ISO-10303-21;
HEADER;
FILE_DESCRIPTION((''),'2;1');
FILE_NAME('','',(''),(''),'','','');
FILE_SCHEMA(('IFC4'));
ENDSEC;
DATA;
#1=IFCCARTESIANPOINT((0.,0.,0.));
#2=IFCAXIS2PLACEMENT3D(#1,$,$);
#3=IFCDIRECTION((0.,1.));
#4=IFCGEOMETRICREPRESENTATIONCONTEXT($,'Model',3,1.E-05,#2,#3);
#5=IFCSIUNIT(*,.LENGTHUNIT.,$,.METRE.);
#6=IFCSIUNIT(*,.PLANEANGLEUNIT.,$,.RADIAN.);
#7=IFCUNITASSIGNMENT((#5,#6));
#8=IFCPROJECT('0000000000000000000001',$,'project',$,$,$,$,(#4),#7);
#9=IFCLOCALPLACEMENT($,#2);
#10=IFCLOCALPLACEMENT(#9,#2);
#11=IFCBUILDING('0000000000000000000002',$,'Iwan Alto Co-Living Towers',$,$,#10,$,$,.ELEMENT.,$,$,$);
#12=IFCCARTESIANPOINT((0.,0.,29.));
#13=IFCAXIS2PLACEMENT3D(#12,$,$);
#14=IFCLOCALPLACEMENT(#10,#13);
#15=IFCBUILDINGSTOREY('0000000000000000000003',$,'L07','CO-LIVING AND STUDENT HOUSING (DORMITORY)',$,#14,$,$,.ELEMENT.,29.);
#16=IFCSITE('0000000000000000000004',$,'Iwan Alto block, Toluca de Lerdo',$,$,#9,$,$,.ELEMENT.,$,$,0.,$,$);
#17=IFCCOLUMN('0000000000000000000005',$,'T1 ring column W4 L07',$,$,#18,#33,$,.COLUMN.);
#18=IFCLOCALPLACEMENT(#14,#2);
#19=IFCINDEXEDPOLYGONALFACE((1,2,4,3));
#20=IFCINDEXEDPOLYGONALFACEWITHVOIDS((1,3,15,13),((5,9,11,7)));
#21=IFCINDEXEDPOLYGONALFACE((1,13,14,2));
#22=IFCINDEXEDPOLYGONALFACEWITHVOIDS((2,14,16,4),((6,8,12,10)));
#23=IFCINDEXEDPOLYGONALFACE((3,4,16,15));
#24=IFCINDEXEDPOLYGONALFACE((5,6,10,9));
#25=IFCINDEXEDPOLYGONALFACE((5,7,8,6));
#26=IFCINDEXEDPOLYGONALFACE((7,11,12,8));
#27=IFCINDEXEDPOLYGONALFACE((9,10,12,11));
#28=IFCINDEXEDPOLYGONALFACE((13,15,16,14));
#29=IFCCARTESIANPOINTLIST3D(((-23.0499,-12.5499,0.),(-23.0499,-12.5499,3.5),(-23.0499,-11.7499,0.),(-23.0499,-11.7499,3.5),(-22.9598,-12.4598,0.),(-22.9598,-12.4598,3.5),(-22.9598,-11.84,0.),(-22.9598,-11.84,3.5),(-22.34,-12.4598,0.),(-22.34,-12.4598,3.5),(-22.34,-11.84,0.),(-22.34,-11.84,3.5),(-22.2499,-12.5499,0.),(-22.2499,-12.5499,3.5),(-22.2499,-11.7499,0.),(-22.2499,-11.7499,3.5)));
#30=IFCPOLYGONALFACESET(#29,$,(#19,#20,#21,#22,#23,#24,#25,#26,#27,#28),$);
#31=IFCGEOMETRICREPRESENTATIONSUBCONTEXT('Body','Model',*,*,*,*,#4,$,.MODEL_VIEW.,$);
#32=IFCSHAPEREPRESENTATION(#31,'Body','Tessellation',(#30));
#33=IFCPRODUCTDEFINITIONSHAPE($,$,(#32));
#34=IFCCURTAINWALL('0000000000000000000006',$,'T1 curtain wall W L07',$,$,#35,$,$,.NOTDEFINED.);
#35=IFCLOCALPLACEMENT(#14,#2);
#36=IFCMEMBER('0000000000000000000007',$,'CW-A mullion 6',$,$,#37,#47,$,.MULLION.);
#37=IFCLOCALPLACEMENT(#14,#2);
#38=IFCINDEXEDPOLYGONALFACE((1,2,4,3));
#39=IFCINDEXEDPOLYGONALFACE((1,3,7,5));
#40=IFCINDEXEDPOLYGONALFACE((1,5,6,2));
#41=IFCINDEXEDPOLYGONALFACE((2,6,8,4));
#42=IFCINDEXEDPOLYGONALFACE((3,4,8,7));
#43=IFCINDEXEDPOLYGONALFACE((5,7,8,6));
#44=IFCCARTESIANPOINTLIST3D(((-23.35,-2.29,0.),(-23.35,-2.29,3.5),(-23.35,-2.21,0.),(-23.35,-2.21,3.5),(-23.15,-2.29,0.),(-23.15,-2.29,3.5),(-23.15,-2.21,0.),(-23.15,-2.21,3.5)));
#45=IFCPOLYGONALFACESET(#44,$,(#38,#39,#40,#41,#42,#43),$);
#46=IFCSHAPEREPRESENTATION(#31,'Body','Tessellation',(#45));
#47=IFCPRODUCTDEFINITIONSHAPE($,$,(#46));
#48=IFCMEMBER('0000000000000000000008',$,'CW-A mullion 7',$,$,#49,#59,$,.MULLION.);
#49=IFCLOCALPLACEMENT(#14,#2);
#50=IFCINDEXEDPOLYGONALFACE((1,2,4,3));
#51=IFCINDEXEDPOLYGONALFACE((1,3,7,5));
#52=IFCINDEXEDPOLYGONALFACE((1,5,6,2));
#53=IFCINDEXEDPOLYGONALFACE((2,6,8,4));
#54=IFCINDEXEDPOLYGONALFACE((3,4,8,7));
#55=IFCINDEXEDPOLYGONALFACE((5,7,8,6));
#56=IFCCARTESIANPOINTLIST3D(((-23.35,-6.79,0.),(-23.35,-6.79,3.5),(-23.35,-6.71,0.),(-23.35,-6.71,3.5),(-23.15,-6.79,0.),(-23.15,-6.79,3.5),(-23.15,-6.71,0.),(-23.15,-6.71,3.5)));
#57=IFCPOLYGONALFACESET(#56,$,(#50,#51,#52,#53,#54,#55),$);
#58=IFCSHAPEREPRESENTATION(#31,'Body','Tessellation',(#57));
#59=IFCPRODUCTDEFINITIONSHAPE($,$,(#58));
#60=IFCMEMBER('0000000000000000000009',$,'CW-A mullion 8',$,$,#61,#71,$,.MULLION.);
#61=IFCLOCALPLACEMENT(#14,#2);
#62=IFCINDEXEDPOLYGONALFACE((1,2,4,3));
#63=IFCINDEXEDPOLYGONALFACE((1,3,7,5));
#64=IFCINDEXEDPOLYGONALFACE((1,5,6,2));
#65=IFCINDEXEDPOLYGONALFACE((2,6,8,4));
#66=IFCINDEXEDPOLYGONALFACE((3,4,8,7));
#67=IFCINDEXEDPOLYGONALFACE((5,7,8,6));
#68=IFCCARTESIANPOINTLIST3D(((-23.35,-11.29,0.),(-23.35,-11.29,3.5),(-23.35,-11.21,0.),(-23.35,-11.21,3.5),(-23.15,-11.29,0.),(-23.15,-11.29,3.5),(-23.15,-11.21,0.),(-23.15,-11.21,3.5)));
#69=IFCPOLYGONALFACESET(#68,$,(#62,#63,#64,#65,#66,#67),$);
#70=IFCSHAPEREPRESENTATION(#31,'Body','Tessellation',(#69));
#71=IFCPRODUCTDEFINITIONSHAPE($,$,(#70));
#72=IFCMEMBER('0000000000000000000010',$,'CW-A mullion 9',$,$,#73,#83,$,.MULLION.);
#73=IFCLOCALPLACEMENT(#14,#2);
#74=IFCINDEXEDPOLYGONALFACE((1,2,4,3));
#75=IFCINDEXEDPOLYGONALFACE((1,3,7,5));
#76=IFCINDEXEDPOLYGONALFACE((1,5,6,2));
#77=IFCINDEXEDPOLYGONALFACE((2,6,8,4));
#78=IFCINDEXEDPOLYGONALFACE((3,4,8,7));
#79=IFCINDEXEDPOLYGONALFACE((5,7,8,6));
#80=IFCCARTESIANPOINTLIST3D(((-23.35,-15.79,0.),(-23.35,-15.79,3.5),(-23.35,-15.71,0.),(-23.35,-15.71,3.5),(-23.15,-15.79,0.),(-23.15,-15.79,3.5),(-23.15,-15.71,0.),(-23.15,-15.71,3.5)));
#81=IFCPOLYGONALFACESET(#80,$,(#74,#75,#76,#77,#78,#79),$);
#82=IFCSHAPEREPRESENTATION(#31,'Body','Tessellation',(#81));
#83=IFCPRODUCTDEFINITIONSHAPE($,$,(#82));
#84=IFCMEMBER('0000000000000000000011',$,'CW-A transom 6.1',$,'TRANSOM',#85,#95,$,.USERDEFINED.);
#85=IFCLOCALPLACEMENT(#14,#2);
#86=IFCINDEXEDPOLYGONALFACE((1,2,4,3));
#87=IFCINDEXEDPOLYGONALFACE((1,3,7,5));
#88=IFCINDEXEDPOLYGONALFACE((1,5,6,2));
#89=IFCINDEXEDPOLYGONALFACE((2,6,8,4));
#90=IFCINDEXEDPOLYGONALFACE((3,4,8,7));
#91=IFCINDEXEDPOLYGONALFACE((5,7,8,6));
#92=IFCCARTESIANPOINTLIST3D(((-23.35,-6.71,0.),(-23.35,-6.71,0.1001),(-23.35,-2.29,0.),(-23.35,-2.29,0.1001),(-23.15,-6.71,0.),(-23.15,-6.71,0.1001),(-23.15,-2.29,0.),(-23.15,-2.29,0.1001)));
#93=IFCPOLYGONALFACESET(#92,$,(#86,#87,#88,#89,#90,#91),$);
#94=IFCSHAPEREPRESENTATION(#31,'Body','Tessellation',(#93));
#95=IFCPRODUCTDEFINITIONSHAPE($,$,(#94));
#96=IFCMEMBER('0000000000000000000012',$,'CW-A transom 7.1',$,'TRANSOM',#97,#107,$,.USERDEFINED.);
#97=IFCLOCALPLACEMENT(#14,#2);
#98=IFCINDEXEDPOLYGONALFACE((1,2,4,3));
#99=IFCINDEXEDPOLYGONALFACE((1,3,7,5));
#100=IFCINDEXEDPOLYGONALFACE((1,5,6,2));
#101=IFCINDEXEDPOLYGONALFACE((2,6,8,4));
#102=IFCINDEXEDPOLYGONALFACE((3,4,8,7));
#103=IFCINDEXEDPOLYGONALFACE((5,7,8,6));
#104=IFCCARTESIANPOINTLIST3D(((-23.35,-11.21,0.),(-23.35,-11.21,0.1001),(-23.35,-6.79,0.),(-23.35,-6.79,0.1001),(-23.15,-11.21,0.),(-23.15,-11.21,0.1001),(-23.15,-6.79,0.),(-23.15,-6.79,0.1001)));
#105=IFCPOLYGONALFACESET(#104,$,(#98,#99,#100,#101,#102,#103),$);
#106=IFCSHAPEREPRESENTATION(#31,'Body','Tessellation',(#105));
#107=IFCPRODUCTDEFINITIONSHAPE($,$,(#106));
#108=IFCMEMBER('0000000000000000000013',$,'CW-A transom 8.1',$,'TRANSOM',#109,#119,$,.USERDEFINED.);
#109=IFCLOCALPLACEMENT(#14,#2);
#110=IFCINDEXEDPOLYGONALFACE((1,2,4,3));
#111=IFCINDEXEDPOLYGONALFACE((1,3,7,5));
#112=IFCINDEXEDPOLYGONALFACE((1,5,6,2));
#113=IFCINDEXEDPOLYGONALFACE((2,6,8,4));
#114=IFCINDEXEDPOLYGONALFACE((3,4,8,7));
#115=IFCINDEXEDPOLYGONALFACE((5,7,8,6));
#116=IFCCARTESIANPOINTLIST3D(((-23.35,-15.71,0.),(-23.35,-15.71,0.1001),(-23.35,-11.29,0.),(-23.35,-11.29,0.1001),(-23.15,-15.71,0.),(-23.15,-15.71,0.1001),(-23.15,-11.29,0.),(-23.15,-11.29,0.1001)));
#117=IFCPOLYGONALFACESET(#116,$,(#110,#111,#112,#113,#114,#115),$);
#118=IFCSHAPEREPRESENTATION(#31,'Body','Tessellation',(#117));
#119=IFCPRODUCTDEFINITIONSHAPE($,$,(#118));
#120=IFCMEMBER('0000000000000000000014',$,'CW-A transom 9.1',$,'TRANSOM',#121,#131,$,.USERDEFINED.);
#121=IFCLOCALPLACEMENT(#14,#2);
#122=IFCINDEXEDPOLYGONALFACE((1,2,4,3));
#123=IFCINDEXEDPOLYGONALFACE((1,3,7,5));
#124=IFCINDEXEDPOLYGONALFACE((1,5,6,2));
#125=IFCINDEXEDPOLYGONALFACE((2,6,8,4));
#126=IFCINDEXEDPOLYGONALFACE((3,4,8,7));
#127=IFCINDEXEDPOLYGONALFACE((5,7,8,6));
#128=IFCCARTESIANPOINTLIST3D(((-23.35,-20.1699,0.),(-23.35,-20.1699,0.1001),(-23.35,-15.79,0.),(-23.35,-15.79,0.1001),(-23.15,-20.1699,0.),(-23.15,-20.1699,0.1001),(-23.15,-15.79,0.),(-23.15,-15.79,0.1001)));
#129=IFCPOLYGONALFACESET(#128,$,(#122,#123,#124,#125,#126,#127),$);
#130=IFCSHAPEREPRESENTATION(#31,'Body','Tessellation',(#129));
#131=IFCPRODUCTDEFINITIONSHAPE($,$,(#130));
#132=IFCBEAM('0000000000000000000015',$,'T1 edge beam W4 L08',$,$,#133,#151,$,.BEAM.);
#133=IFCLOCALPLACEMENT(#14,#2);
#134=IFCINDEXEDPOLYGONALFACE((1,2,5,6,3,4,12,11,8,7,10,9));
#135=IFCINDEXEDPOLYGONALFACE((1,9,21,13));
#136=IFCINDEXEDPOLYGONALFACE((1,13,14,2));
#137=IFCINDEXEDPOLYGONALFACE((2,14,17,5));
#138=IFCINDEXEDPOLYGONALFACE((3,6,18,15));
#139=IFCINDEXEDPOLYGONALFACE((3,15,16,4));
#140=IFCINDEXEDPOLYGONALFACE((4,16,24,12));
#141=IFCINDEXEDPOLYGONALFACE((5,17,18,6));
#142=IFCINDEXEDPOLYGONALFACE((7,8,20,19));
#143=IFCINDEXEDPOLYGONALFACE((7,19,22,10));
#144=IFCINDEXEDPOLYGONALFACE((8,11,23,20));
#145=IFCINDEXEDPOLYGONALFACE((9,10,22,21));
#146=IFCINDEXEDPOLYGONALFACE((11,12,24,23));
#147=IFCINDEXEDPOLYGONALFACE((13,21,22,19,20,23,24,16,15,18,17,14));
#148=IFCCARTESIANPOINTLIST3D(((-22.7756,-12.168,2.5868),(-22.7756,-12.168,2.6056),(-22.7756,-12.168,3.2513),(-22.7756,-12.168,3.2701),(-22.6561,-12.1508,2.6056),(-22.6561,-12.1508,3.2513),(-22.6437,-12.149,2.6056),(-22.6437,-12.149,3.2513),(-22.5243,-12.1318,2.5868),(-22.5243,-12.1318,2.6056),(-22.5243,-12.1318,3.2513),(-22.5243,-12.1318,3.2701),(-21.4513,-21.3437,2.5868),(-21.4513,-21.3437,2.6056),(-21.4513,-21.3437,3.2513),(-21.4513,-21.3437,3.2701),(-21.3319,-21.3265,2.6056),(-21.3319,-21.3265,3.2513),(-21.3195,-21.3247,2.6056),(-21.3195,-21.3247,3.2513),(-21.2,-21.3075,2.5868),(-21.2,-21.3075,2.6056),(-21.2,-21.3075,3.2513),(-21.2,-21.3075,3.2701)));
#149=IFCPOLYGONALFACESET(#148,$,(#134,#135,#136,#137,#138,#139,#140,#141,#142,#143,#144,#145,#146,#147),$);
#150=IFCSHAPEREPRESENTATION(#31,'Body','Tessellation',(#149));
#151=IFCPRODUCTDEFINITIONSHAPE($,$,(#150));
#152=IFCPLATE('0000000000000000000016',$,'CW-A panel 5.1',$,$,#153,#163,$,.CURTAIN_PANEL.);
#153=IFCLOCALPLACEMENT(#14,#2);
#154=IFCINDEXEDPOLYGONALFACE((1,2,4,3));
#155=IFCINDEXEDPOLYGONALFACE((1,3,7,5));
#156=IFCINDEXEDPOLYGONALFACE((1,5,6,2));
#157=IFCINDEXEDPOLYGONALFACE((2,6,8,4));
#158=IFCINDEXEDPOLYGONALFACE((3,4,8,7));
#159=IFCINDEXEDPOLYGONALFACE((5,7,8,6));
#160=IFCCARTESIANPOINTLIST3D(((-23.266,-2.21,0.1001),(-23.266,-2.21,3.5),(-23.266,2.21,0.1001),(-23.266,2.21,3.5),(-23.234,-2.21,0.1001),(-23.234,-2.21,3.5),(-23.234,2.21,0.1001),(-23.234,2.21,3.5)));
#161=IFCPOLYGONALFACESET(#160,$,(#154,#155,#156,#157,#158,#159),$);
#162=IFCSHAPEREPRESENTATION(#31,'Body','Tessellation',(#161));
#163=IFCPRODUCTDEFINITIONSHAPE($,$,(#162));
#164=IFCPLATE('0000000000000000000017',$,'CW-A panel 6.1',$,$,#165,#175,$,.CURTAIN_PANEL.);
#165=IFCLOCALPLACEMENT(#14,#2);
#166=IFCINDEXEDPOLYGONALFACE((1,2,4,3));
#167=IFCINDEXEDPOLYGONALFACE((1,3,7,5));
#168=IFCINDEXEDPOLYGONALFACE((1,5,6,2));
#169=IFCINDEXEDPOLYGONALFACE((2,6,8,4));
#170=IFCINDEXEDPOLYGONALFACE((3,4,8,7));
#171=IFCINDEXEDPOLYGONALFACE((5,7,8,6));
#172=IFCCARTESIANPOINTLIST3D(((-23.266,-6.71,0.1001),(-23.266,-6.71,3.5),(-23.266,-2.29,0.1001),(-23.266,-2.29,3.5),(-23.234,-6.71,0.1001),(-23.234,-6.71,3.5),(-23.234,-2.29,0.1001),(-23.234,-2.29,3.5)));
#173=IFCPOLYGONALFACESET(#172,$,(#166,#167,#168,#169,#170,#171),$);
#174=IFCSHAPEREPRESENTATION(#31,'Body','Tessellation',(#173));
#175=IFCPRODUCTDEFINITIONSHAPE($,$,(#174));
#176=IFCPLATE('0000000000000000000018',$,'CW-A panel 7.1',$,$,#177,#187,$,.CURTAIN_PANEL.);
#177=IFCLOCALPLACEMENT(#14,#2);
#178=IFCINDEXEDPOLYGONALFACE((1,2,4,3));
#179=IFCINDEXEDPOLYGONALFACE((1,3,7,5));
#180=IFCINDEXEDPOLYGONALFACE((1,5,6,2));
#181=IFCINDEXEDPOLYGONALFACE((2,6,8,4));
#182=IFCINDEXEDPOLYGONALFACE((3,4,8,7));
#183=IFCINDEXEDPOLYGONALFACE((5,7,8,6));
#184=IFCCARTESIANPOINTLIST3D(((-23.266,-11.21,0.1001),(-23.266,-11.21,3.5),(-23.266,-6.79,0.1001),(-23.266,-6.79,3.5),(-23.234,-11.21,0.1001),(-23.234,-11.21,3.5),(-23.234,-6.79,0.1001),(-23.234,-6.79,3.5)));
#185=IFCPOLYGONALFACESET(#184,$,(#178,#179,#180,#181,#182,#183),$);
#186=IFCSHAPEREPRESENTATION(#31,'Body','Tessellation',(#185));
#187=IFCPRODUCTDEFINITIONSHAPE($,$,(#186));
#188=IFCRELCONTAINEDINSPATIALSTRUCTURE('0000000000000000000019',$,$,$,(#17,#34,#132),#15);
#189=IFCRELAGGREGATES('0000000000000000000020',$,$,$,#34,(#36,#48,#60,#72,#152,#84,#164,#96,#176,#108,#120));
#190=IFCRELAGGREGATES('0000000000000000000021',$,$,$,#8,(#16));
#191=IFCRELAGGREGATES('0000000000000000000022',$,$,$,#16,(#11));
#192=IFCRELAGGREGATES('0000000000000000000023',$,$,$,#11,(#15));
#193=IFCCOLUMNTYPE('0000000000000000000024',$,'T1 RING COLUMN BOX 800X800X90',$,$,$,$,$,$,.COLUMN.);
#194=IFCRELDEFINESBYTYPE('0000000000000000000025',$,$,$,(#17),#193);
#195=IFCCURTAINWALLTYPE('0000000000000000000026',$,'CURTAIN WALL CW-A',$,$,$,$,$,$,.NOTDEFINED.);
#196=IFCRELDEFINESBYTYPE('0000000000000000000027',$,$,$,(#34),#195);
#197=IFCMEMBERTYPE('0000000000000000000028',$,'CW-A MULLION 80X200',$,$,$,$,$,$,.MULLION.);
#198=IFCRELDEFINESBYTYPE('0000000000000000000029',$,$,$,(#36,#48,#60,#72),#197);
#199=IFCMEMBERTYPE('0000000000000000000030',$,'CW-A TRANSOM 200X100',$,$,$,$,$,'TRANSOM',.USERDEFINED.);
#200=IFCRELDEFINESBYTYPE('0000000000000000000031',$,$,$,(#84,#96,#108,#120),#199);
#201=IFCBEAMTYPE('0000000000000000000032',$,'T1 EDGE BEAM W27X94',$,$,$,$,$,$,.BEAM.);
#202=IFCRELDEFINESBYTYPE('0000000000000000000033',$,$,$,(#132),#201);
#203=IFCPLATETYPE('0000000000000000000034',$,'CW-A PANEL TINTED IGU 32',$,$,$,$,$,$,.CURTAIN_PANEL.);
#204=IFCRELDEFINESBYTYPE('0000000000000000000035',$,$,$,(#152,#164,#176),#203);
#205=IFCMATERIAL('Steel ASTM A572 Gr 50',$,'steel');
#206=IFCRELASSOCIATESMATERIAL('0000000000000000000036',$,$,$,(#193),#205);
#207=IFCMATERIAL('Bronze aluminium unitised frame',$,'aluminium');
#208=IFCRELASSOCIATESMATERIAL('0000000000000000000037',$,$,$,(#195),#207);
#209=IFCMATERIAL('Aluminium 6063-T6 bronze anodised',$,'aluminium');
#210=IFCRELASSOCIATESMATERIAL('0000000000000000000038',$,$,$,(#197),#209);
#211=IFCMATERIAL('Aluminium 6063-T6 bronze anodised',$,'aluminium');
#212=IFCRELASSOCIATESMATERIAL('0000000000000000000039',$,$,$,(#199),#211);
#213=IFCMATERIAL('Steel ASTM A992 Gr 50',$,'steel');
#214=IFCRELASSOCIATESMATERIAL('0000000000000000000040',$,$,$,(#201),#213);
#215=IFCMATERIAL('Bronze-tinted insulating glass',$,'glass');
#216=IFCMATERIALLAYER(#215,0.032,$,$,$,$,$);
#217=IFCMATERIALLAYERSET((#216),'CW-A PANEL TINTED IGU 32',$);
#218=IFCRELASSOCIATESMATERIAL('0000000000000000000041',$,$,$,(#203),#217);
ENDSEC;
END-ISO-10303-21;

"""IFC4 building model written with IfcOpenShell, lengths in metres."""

from ifc_helpers import new_model, si_unit, direction, frame, origin, origin_2d, place, context, subcontext, project, spatial, rectangle, hollow_rectangle, i_section, extrude, material, layer, layer_set, material_profile, profile_set, type_object, element, aggregate, save


model = new_model("IFC4")

# Units and contexts
model_context = context("Model", 3, precision=1e-05, world=origin(), true_north=direction((0.0, 1.0)))
body_context = subcontext(model_context, "Body", "Model", "MODEL_VIEW")
ifc_project = project(units=[si_unit("LENGTHUNIT", "METRE"), si_unit("PLANEANGLEUNIT", "RADIAN")], contexts=[model_context])

# Site, building, storey
site_placement = place(None, origin())
site = spatial("IfcSite", under=ifc_project, at=site_placement, Name="Iwan Alto block, Toluca de Lerdo", CompositionType="ELEMENT", RefElevation=0.0)
building_placement = place(site_placement, origin())
building = spatial("IfcBuilding", under=site, at=building_placement, Name="Iwan Alto Co-Living Towers", CompositionType="ELEMENT")
storey_placement = place(building_placement, frame((0.0, 0.0, 29.0)))
storey = spatial("IfcBuildingStorey", under=building, at=storey_placement, Name="L07", Description="CO-LIVING AND STUDENT HOUSING (DORMITORY)", CompositionType="ELEMENT", Elevation=29.0)

# Column
ifc_material_1 = material(Name="Steel ASTM A572 Gr 50", Category="steel")
ifc_material_profile_1 = material_profile(ifc_material_1, hollow_rectangle(XDim=0.8, YDim=0.8, WallThickness=0.0901, at=origin_2d()), Name="BOX 800X800X90")
ifc_profile_set_1 = profile_set([ifc_material_profile_1], Name="Steel ASTM A572 Gr 50")
column_type = type_object("IfcColumnType", Name="T1 RING COLUMN BOX 800X800X90", PredefinedType="COLUMN", material=ifc_profile_set_1)
column_placement = place(storey_placement, frame((-22.6499, -12.1499, 0.0), z_axis=(0.0, 0.0, 1.0), x_axis=(1.0, 0.0, 0.0)))
element("IfcColumn", 1, at=column_placement, inside=storey, type_object=column_type, Name="T1 ring column W4 L07", PredefinedType="COLUMN", context=body_context, shape_type="SweptSolid", body=[
    extrude(hollow_rectangle(XDim=0.8, YDim=0.8, WallThickness=0.0901, at=origin_2d()), origin(), (0.0, 0.0, 1.0), 3.5),
])

# Curtain wall, members
ifc_material_2 = material(Name="Bronze aluminium unitised frame", Category="aluminium")
curtain_wall_type = type_object("IfcCurtainWallType", Name="CURTAIN WALL CW-A", PredefinedType="NOTDEFINED", material=ifc_material_2)
curtain_wall_placement = place(storey_placement, origin())
curtain_wall = element("IfcCurtainWall", 2, at=curtain_wall_placement, inside=storey, type_object=curtain_wall_type, Name="T1 curtain wall W L07", PredefinedType="NOTDEFINED")
ifc_material_3 = material(Name="Aluminium 6063-T6 bronze anodised", Category="aluminium")
ifc_material_profile_2 = material_profile(ifc_material_3, rectangle(XDim=0.2, YDim=0.0801, at=origin_2d()), Name="AL 80X200")
ifc_profile_set_2 = profile_set([ifc_material_profile_2], Name="Aluminium 6063-T6 bronze anodised")
member_type_1 = type_object("IfcMemberType", Name="CW-A MULLION 80X200", PredefinedType="MULLION", material=ifc_profile_set_2)
member_1_placement = place(storey_placement, frame((-23.25, -2.25, 0.0), z_axis=(0.0, 0.0, 1.0), x_axis=(1.0, 0.0, 0.0)))
member_1 = element("IfcMember", 3, at=member_1_placement, type_object=member_type_1, Name="CW-A mullion 6", PredefinedType="MULLION", context=body_context, shape_type="SweptSolid", body=[
    extrude(rectangle(XDim=0.2, YDim=0.0801, at=origin_2d()), origin(), (0.0, 0.0, 1.0), 3.5),
])
member_2_placement = place(storey_placement, frame((-23.25, -6.75, 0.0), z_axis=(0.0, 0.0, 1.0), x_axis=(1.0, 0.0, 0.0)))
member_2 = element("IfcMember", 4, at=member_2_placement, type_object=member_type_1, Name="CW-A mullion 7", PredefinedType="MULLION", context=body_context, shape_type="SweptSolid", body=[
    extrude(rectangle(XDim=0.2, YDim=0.0801, at=origin_2d()), origin(), (0.0, 0.0, 1.0), 3.5),
])
member_3_placement = place(storey_placement, frame((-23.25, -11.25, 0.0), z_axis=(0.0, 0.0, 1.0), x_axis=(1.0, 0.0, 0.0)))
member_3 = element("IfcMember", 5, at=member_3_placement, type_object=member_type_1, Name="CW-A mullion 8", PredefinedType="MULLION", context=body_context, shape_type="SweptSolid", body=[
    extrude(rectangle(XDim=0.2, YDim=0.0801, at=origin_2d()), origin(), (0.0, 0.0, 1.0), 3.5),
])
member_4_placement = place(storey_placement, frame((-23.25, -15.75, 0.0), z_axis=(0.0, 0.0, 1.0), x_axis=(1.0, 0.0, 0.0)))
member_4 = element("IfcMember", 6, at=member_4_placement, type_object=member_type_1, Name="CW-A mullion 9", PredefinedType="MULLION", context=body_context, shape_type="SweptSolid", body=[
    extrude(rectangle(XDim=0.2, YDim=0.0801, at=origin_2d()), origin(), (0.0, 0.0, 1.0), 3.5),
])
ifc_material_4 = material(Name="Aluminium 6063-T6 bronze anodised", Category="aluminium")
ifc_material_profile_3 = material_profile(ifc_material_4, rectangle(XDim=0.2, YDim=0.1001, at=origin_2d()), Name="AL 200X100")
ifc_profile_set_3 = profile_set([ifc_material_profile_3], Name="Aluminium 6063-T6 bronze anodised")
member_type_2 = type_object("IfcMemberType", Name="CW-A TRANSOM 200X100", ElementType="TRANSOM", PredefinedType="USERDEFINED", material=ifc_profile_set_3)
member_5_placement = place(storey_placement, frame((-23.25, -2.29, 0.05), z_axis=(0.0, -1.0, 0.0), x_axis=(1.0, 0.0, 0.0)))
member_5 = element("IfcMember", 7, at=member_5_placement, type_object=member_type_2, Name="CW-A transom 6.1", ObjectType="TRANSOM", PredefinedType="USERDEFINED", context=body_context, shape_type="SweptSolid", body=[
    extrude(rectangle(XDim=0.2, YDim=0.1001, at=origin_2d()), origin(), (0.0, 0.0, 1.0), 4.4199),
])
member_6_placement = place(storey_placement, frame((-23.25, -6.79, 0.05), z_axis=(0.0, -1.0, 0.0), x_axis=(1.0, 0.0, 0.0)))
member_6 = element("IfcMember", 8, at=member_6_placement, type_object=member_type_2, Name="CW-A transom 7.1", ObjectType="TRANSOM", PredefinedType="USERDEFINED", context=body_context, shape_type="SweptSolid", body=[
    extrude(rectangle(XDim=0.2, YDim=0.1001, at=origin_2d()), origin(), (0.0, 0.0, 1.0), 4.4199),
])
member_7_placement = place(storey_placement, frame((-23.25, -11.29, 0.05), z_axis=(0.0, -1.0, 0.0), x_axis=(1.0, 0.0, 0.0)))
member_7 = element("IfcMember", 9, at=member_7_placement, type_object=member_type_2, Name="CW-A transom 8.1", ObjectType="TRANSOM", PredefinedType="USERDEFINED", context=body_context, shape_type="SweptSolid", body=[
    extrude(rectangle(XDim=0.2, YDim=0.1001, at=origin_2d()), origin(), (0.0, 0.0, 1.0), 4.4199),
])
member_8_placement = place(storey_placement, frame((-23.25, -15.79, 0.05), z_axis=(0.0, -1.0, 0.0), x_axis=(1.0, 0.0, 0.0)))
member_8 = element("IfcMember", 10, at=member_8_placement, type_object=member_type_2, Name="CW-A transom 9.1", ObjectType="TRANSOM", PredefinedType="USERDEFINED", context=body_context, shape_type="SweptSolid", body=[
    extrude(rectangle(XDim=0.2, YDim=0.1001, at=origin_2d()), origin(), (0.0, 0.0, 1.0), 4.3799),
])

# Beam
ifc_material_5 = material(Name="Steel ASTM A992 Gr 50", Category="steel")
ifc_material_profile_4 = material_profile(ifc_material_5, i_section(OverallWidth=0.2539, OverallDepth=0.6833, WebThickness=0.0125, FlangeThickness=0.0188, at=origin_2d()), Name="W27X94")
ifc_profile_set_4 = profile_set([ifc_material_profile_4], Name="Steel ASTM A992 Gr 50")
beam_type = type_object("IfcBeamType", Name="T1 EDGE BEAM W27X94", PredefinedType="BEAM", material=ifc_profile_set_4)
beam_placement = place(storey_placement, frame((-22.6499, -12.1499, 2.9285), z_axis=(0.142837, -0.989746, 0.0), x_axis=(0.989746, 0.142837, 0.0)))
element("IfcBeam", 11, at=beam_placement, inside=storey, type_object=beam_type, Name="T1 edge beam W4 L08", PredefinedType="BEAM", context=body_context, shape_type="SweptSolid", body=[
    extrude(i_section(OverallWidth=0.2539, OverallDepth=0.6833, WebThickness=0.0125, FlangeThickness=0.0188, at=origin_2d()), origin(), (0.0, 0.0, 1.0), 9.2708),
])

# Plates
ifc_material_6 = material(Name="Bronze-tinted insulating glass", Category="glass")
ifc_layer_1 = layer(ifc_material_6, 0.032)
ifc_layer_set_1 = layer_set([ifc_layer_1], Name="CW-A PANEL TINTED IGU 32")
plate_type = type_object("IfcPlateType", Name="CW-A PANEL TINTED IGU 32", PredefinedType="CURTAIN_PANEL", material=ifc_layer_set_1)
plate_1_placement = place(storey_placement, frame((-23.25, 0.0, 0.1001), z_axis=(0.0, 0.0, 1.0), x_axis=(0.0, -1.0, 0.0)))
plate_1 = element("IfcPlate", 12, at=plate_1_placement, type_object=plate_type, Name="CW-A panel 5.1", PredefinedType="CURTAIN_PANEL", context=body_context, shape_type="SweptSolid", body=[
    extrude(rectangle(XDim=4.4199, YDim=0.032, at=origin_2d()), origin(), (0.0, 0.0, 1.0), 3.3999),
])
plate_2_placement = place(storey_placement, frame((-23.25, -4.5, 0.1001), z_axis=(0.0, 0.0, 1.0), x_axis=(0.0, -1.0, 0.0)))
plate_2 = element("IfcPlate", 13, at=plate_2_placement, type_object=plate_type, Name="CW-A panel 6.1", PredefinedType="CURTAIN_PANEL", context=body_context, shape_type="SweptSolid", body=[
    extrude(rectangle(XDim=4.4199, YDim=0.032, at=origin_2d()), origin(), (0.0, 0.0, 1.0), 3.3999),
])
plate_3_placement = place(storey_placement, frame((-23.25, -9.0, 0.1001), z_axis=(0.0, 0.0, 1.0), x_axis=(0.0, -1.0, 0.0)))
plate_3 = element("IfcPlate", 14, at=plate_3_placement, type_object=plate_type, Name="CW-A panel 7.1", PredefinedType="CURTAIN_PANEL", context=body_context, shape_type="SweptSolid", body=[
    extrude(rectangle(XDim=4.4199, YDim=0.032, at=origin_2d()), origin(), (0.0, 0.0, 1.0), 3.3999),
])
aggregate(curtain_wall, [member_1, member_2, member_3, member_4, plate_1, member_5, plate_2, member_6, plate_3, member_7, member_8])

save(model, "model.ifc")
